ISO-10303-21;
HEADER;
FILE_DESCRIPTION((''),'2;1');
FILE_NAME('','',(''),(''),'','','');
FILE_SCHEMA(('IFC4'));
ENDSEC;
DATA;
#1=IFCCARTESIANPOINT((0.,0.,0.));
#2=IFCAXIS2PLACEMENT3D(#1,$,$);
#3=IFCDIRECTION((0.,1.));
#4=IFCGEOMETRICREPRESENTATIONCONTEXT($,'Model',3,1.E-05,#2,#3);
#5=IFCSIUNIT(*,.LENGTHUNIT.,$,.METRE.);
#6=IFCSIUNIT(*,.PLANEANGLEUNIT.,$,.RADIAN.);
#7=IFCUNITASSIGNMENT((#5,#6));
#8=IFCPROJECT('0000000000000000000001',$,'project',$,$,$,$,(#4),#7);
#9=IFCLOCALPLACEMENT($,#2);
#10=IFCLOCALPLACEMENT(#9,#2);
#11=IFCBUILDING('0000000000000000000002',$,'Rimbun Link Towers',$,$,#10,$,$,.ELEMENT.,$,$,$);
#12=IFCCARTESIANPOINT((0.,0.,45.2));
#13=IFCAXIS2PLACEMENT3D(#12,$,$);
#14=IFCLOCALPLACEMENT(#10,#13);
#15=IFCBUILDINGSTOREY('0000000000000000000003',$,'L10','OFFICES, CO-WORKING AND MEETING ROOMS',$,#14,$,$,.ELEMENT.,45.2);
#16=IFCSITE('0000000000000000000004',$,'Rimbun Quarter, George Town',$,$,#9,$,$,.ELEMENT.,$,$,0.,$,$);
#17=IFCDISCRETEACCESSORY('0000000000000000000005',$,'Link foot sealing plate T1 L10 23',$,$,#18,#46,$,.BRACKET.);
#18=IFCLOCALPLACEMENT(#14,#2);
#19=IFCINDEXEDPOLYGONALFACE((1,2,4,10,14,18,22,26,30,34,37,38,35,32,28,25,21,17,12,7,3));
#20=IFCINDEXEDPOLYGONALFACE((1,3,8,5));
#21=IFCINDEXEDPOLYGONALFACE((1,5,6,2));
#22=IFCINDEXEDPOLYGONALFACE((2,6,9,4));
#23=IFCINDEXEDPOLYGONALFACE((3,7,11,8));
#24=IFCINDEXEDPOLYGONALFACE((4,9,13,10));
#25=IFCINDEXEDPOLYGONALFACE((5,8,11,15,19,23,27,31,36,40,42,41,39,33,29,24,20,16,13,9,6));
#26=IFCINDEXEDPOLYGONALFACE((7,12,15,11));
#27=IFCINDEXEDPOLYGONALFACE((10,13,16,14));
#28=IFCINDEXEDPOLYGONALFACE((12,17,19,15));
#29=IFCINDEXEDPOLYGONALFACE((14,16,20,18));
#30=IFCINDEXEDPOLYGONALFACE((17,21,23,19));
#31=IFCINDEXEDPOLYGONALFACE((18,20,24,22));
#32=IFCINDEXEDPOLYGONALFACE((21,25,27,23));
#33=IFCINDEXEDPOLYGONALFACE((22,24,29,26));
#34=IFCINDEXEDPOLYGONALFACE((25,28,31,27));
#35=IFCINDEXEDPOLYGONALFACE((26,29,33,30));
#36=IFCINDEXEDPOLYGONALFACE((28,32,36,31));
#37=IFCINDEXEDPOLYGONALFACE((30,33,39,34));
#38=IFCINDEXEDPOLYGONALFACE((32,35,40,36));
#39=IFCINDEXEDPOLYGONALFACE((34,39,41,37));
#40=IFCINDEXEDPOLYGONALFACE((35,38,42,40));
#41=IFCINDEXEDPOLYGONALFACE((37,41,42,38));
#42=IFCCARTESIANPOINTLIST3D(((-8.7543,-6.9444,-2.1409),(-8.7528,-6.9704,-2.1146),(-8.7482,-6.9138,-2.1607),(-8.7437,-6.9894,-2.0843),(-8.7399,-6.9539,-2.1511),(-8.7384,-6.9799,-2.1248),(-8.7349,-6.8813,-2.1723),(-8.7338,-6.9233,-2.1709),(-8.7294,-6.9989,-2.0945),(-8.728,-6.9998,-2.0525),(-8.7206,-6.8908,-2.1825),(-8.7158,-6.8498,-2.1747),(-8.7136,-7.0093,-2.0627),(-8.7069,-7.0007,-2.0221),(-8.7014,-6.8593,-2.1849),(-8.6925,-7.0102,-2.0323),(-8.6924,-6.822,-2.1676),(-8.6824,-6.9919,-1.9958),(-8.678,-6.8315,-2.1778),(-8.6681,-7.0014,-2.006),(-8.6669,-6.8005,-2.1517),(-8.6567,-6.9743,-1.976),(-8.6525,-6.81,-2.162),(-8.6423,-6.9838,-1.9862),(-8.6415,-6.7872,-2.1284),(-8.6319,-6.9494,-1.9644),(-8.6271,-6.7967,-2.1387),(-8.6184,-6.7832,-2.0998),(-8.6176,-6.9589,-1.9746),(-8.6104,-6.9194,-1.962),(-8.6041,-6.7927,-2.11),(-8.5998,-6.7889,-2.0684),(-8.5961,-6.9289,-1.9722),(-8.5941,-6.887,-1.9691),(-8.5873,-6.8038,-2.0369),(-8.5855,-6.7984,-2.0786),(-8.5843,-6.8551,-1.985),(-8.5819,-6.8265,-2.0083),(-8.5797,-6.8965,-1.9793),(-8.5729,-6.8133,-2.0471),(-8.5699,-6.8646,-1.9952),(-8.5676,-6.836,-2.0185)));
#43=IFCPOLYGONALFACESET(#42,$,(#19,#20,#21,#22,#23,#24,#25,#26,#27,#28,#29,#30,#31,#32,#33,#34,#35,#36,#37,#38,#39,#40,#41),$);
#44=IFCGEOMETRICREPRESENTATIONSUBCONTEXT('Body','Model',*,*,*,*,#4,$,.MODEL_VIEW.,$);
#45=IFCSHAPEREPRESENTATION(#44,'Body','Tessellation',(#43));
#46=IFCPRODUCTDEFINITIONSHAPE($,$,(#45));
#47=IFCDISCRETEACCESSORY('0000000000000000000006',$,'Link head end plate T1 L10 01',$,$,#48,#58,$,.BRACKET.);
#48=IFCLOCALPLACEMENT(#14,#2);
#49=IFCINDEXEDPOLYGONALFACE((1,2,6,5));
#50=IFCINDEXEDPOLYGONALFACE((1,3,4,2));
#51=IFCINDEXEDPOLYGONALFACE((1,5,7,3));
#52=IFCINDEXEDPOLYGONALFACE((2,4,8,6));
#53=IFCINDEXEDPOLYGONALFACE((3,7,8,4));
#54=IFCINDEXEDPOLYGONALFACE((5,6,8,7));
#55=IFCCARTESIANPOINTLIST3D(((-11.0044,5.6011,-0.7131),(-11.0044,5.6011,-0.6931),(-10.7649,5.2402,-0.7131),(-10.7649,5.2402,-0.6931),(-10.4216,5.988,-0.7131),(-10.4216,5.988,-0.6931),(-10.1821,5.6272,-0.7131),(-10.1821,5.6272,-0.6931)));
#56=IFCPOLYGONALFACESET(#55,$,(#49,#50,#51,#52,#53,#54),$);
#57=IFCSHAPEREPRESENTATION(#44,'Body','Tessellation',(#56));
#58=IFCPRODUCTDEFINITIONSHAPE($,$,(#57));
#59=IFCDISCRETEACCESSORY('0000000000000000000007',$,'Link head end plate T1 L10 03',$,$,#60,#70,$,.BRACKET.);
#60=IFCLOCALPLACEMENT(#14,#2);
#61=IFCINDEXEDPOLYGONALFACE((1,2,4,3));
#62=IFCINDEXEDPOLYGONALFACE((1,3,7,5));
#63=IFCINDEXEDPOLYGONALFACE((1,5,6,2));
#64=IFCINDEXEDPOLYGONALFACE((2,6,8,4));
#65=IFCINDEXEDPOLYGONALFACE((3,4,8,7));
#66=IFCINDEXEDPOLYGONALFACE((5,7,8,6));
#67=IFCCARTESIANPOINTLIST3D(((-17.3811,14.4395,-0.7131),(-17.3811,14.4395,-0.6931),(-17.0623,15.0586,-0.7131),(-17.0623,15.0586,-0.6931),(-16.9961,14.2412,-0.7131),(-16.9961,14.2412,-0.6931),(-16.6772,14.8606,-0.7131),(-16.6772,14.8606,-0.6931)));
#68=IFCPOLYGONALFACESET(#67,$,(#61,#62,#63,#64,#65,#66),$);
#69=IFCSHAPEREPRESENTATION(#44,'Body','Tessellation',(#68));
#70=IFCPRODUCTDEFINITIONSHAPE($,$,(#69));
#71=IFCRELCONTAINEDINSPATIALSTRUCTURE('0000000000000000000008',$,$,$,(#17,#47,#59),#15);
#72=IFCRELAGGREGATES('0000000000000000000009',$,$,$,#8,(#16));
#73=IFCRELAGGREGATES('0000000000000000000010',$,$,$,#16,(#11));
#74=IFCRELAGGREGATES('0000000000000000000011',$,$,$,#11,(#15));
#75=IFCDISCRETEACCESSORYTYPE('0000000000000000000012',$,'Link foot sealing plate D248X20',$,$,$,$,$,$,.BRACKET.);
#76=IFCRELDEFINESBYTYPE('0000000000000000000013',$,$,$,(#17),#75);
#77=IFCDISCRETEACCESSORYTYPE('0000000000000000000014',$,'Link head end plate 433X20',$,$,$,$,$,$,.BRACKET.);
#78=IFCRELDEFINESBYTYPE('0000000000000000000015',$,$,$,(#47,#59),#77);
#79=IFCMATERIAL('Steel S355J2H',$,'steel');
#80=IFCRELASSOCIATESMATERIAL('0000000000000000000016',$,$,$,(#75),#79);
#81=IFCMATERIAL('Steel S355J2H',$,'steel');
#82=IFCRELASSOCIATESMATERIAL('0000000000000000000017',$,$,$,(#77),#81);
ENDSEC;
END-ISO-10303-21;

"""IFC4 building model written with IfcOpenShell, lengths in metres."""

from ifc_helpers import new_model, si_unit, direction, frame, origin, origin_2d, place, context, subcontext, project, spatial, polyline, rectangle, circle, outline, extrude, material, material_profile, profile_set, type_object, element, save


model = new_model("IFC4")

# Units and contexts
model_context = context("Model", 3, precision=1e-05, world=origin(), true_north=direction((0.0, 1.0)))
body_context = subcontext(model_context, "Body", "Model", "MODEL_VIEW")
ifc_project = project(units=[si_unit("LENGTHUNIT", "METRE"), si_unit("PLANEANGLEUNIT", "RADIAN")], contexts=[model_context])

# Site, building, storey
site_placement = place(None, origin())
site = spatial("IfcSite", under=ifc_project, at=site_placement, Name="Rimbun Quarter, George Town", CompositionType="ELEMENT", RefElevation=0.0)
building_placement = place(site_placement, origin())
building = spatial("IfcBuilding", under=site, at=building_placement, Name="Rimbun Link Towers", CompositionType="ELEMENT")
storey_placement = place(building_placement, frame((0.0, 0.0, 45.2)))
storey = spatial("IfcBuildingStorey", under=building, at=storey_placement, Name="L10", Description="OFFICES, CO-WORKING AND MEETING ROOMS", CompositionType="ELEMENT", Elevation=45.2)

# Discrete accessories
ifc_material_1 = material(Name="Steel S355J2H", Category="steel")
ifc_material_profile_1 = material_profile(ifc_material_1, circle(Radius=0.124, at=origin_2d()), Name="PL D248")
ifc_profile_set_1 = profile_set([ifc_material_profile_1], Name="Steel S355J2H")
discrete_accessory_type_1 = type_object("IfcDiscreteAccessoryType", Name="Link foot sealing plate D248X20", PredefinedType="BRACKET", material=ifc_profile_set_1)
for number, where, z_axis, x_axis, name in (
    (1, (-8.6682, -6.8923, -2.0684), (0.717276, -0.474131, -0.510603), (0.551433, 0.834219, 0.0), "Link foot sealing plate T1 L10 23"),
):
    element("IfcDiscreteAccessory", number, at=place(storey_placement, frame(where, z_axis=z_axis, x_axis=x_axis)), inside=storey, type_object=discrete_accessory_type_1, Name=name, PredefinedType="BRACKET", context=body_context, shape_type="SweptSolid", body=[
        extrude(circle(Radius=0.124, at=origin_2d()), origin(), (0.0, 0.0, 1.0), 0.02),
    ])
ifc_material_2 = material(Name="Steel S355J2H", Category="steel")
ifc_material_profile_2 = material_profile(ifc_material_2, rectangle(XDim=0.4331, YDim=0.4331, at=origin_2d()), Name="PL 433x433")
ifc_profile_set_2 = profile_set([ifc_material_profile_2], Name="Steel S355J2H")
discrete_accessory_type_2 = type_object("IfcDiscreteAccessoryType", Name="Link head end plate 433X20", PredefinedType="BRACKET", material=ifc_profile_set_2)
discrete_accessory_1_placement = place(storey_placement, frame((0.0, 0.0, -0.7131)))
element("IfcDiscreteAccessory", 2, at=discrete_accessory_1_placement, inside=storey, type_object=discrete_accessory_type_2, Name="Link head end plate T1 L10 01", PredefinedType="BRACKET", context=body_context, shape_type="SweptSolid", body=[
    extrude(outline(polyline([(-10.7649, 5.2402), (-10.1821, 5.6272), (-10.4216, 5.988), (-11.0044, 5.6011), (-10.7649, 5.2402)])), origin(), (0.0, 0.0, 1.0), 0.02),
])
discrete_accessory_2_placement = place(storey_placement, frame((0.0, 0.0, -0.7131)))
element("IfcDiscreteAccessory", 3, at=discrete_accessory_2_placement, inside=storey, type_object=discrete_accessory_type_2, Name="Link head end plate T1 L10 03", PredefinedType="BRACKET", context=body_context, shape_type="SweptSolid", body=[
    extrude(outline(polyline([(-16.9961, 14.2412), (-16.6772, 14.8606), (-17.0623, 15.0586), (-17.3811, 14.4395), (-16.9961, 14.2412)])), origin(), (0.0, 0.0, 1.0), 0.02),
])

save(model, "model.ifc")
